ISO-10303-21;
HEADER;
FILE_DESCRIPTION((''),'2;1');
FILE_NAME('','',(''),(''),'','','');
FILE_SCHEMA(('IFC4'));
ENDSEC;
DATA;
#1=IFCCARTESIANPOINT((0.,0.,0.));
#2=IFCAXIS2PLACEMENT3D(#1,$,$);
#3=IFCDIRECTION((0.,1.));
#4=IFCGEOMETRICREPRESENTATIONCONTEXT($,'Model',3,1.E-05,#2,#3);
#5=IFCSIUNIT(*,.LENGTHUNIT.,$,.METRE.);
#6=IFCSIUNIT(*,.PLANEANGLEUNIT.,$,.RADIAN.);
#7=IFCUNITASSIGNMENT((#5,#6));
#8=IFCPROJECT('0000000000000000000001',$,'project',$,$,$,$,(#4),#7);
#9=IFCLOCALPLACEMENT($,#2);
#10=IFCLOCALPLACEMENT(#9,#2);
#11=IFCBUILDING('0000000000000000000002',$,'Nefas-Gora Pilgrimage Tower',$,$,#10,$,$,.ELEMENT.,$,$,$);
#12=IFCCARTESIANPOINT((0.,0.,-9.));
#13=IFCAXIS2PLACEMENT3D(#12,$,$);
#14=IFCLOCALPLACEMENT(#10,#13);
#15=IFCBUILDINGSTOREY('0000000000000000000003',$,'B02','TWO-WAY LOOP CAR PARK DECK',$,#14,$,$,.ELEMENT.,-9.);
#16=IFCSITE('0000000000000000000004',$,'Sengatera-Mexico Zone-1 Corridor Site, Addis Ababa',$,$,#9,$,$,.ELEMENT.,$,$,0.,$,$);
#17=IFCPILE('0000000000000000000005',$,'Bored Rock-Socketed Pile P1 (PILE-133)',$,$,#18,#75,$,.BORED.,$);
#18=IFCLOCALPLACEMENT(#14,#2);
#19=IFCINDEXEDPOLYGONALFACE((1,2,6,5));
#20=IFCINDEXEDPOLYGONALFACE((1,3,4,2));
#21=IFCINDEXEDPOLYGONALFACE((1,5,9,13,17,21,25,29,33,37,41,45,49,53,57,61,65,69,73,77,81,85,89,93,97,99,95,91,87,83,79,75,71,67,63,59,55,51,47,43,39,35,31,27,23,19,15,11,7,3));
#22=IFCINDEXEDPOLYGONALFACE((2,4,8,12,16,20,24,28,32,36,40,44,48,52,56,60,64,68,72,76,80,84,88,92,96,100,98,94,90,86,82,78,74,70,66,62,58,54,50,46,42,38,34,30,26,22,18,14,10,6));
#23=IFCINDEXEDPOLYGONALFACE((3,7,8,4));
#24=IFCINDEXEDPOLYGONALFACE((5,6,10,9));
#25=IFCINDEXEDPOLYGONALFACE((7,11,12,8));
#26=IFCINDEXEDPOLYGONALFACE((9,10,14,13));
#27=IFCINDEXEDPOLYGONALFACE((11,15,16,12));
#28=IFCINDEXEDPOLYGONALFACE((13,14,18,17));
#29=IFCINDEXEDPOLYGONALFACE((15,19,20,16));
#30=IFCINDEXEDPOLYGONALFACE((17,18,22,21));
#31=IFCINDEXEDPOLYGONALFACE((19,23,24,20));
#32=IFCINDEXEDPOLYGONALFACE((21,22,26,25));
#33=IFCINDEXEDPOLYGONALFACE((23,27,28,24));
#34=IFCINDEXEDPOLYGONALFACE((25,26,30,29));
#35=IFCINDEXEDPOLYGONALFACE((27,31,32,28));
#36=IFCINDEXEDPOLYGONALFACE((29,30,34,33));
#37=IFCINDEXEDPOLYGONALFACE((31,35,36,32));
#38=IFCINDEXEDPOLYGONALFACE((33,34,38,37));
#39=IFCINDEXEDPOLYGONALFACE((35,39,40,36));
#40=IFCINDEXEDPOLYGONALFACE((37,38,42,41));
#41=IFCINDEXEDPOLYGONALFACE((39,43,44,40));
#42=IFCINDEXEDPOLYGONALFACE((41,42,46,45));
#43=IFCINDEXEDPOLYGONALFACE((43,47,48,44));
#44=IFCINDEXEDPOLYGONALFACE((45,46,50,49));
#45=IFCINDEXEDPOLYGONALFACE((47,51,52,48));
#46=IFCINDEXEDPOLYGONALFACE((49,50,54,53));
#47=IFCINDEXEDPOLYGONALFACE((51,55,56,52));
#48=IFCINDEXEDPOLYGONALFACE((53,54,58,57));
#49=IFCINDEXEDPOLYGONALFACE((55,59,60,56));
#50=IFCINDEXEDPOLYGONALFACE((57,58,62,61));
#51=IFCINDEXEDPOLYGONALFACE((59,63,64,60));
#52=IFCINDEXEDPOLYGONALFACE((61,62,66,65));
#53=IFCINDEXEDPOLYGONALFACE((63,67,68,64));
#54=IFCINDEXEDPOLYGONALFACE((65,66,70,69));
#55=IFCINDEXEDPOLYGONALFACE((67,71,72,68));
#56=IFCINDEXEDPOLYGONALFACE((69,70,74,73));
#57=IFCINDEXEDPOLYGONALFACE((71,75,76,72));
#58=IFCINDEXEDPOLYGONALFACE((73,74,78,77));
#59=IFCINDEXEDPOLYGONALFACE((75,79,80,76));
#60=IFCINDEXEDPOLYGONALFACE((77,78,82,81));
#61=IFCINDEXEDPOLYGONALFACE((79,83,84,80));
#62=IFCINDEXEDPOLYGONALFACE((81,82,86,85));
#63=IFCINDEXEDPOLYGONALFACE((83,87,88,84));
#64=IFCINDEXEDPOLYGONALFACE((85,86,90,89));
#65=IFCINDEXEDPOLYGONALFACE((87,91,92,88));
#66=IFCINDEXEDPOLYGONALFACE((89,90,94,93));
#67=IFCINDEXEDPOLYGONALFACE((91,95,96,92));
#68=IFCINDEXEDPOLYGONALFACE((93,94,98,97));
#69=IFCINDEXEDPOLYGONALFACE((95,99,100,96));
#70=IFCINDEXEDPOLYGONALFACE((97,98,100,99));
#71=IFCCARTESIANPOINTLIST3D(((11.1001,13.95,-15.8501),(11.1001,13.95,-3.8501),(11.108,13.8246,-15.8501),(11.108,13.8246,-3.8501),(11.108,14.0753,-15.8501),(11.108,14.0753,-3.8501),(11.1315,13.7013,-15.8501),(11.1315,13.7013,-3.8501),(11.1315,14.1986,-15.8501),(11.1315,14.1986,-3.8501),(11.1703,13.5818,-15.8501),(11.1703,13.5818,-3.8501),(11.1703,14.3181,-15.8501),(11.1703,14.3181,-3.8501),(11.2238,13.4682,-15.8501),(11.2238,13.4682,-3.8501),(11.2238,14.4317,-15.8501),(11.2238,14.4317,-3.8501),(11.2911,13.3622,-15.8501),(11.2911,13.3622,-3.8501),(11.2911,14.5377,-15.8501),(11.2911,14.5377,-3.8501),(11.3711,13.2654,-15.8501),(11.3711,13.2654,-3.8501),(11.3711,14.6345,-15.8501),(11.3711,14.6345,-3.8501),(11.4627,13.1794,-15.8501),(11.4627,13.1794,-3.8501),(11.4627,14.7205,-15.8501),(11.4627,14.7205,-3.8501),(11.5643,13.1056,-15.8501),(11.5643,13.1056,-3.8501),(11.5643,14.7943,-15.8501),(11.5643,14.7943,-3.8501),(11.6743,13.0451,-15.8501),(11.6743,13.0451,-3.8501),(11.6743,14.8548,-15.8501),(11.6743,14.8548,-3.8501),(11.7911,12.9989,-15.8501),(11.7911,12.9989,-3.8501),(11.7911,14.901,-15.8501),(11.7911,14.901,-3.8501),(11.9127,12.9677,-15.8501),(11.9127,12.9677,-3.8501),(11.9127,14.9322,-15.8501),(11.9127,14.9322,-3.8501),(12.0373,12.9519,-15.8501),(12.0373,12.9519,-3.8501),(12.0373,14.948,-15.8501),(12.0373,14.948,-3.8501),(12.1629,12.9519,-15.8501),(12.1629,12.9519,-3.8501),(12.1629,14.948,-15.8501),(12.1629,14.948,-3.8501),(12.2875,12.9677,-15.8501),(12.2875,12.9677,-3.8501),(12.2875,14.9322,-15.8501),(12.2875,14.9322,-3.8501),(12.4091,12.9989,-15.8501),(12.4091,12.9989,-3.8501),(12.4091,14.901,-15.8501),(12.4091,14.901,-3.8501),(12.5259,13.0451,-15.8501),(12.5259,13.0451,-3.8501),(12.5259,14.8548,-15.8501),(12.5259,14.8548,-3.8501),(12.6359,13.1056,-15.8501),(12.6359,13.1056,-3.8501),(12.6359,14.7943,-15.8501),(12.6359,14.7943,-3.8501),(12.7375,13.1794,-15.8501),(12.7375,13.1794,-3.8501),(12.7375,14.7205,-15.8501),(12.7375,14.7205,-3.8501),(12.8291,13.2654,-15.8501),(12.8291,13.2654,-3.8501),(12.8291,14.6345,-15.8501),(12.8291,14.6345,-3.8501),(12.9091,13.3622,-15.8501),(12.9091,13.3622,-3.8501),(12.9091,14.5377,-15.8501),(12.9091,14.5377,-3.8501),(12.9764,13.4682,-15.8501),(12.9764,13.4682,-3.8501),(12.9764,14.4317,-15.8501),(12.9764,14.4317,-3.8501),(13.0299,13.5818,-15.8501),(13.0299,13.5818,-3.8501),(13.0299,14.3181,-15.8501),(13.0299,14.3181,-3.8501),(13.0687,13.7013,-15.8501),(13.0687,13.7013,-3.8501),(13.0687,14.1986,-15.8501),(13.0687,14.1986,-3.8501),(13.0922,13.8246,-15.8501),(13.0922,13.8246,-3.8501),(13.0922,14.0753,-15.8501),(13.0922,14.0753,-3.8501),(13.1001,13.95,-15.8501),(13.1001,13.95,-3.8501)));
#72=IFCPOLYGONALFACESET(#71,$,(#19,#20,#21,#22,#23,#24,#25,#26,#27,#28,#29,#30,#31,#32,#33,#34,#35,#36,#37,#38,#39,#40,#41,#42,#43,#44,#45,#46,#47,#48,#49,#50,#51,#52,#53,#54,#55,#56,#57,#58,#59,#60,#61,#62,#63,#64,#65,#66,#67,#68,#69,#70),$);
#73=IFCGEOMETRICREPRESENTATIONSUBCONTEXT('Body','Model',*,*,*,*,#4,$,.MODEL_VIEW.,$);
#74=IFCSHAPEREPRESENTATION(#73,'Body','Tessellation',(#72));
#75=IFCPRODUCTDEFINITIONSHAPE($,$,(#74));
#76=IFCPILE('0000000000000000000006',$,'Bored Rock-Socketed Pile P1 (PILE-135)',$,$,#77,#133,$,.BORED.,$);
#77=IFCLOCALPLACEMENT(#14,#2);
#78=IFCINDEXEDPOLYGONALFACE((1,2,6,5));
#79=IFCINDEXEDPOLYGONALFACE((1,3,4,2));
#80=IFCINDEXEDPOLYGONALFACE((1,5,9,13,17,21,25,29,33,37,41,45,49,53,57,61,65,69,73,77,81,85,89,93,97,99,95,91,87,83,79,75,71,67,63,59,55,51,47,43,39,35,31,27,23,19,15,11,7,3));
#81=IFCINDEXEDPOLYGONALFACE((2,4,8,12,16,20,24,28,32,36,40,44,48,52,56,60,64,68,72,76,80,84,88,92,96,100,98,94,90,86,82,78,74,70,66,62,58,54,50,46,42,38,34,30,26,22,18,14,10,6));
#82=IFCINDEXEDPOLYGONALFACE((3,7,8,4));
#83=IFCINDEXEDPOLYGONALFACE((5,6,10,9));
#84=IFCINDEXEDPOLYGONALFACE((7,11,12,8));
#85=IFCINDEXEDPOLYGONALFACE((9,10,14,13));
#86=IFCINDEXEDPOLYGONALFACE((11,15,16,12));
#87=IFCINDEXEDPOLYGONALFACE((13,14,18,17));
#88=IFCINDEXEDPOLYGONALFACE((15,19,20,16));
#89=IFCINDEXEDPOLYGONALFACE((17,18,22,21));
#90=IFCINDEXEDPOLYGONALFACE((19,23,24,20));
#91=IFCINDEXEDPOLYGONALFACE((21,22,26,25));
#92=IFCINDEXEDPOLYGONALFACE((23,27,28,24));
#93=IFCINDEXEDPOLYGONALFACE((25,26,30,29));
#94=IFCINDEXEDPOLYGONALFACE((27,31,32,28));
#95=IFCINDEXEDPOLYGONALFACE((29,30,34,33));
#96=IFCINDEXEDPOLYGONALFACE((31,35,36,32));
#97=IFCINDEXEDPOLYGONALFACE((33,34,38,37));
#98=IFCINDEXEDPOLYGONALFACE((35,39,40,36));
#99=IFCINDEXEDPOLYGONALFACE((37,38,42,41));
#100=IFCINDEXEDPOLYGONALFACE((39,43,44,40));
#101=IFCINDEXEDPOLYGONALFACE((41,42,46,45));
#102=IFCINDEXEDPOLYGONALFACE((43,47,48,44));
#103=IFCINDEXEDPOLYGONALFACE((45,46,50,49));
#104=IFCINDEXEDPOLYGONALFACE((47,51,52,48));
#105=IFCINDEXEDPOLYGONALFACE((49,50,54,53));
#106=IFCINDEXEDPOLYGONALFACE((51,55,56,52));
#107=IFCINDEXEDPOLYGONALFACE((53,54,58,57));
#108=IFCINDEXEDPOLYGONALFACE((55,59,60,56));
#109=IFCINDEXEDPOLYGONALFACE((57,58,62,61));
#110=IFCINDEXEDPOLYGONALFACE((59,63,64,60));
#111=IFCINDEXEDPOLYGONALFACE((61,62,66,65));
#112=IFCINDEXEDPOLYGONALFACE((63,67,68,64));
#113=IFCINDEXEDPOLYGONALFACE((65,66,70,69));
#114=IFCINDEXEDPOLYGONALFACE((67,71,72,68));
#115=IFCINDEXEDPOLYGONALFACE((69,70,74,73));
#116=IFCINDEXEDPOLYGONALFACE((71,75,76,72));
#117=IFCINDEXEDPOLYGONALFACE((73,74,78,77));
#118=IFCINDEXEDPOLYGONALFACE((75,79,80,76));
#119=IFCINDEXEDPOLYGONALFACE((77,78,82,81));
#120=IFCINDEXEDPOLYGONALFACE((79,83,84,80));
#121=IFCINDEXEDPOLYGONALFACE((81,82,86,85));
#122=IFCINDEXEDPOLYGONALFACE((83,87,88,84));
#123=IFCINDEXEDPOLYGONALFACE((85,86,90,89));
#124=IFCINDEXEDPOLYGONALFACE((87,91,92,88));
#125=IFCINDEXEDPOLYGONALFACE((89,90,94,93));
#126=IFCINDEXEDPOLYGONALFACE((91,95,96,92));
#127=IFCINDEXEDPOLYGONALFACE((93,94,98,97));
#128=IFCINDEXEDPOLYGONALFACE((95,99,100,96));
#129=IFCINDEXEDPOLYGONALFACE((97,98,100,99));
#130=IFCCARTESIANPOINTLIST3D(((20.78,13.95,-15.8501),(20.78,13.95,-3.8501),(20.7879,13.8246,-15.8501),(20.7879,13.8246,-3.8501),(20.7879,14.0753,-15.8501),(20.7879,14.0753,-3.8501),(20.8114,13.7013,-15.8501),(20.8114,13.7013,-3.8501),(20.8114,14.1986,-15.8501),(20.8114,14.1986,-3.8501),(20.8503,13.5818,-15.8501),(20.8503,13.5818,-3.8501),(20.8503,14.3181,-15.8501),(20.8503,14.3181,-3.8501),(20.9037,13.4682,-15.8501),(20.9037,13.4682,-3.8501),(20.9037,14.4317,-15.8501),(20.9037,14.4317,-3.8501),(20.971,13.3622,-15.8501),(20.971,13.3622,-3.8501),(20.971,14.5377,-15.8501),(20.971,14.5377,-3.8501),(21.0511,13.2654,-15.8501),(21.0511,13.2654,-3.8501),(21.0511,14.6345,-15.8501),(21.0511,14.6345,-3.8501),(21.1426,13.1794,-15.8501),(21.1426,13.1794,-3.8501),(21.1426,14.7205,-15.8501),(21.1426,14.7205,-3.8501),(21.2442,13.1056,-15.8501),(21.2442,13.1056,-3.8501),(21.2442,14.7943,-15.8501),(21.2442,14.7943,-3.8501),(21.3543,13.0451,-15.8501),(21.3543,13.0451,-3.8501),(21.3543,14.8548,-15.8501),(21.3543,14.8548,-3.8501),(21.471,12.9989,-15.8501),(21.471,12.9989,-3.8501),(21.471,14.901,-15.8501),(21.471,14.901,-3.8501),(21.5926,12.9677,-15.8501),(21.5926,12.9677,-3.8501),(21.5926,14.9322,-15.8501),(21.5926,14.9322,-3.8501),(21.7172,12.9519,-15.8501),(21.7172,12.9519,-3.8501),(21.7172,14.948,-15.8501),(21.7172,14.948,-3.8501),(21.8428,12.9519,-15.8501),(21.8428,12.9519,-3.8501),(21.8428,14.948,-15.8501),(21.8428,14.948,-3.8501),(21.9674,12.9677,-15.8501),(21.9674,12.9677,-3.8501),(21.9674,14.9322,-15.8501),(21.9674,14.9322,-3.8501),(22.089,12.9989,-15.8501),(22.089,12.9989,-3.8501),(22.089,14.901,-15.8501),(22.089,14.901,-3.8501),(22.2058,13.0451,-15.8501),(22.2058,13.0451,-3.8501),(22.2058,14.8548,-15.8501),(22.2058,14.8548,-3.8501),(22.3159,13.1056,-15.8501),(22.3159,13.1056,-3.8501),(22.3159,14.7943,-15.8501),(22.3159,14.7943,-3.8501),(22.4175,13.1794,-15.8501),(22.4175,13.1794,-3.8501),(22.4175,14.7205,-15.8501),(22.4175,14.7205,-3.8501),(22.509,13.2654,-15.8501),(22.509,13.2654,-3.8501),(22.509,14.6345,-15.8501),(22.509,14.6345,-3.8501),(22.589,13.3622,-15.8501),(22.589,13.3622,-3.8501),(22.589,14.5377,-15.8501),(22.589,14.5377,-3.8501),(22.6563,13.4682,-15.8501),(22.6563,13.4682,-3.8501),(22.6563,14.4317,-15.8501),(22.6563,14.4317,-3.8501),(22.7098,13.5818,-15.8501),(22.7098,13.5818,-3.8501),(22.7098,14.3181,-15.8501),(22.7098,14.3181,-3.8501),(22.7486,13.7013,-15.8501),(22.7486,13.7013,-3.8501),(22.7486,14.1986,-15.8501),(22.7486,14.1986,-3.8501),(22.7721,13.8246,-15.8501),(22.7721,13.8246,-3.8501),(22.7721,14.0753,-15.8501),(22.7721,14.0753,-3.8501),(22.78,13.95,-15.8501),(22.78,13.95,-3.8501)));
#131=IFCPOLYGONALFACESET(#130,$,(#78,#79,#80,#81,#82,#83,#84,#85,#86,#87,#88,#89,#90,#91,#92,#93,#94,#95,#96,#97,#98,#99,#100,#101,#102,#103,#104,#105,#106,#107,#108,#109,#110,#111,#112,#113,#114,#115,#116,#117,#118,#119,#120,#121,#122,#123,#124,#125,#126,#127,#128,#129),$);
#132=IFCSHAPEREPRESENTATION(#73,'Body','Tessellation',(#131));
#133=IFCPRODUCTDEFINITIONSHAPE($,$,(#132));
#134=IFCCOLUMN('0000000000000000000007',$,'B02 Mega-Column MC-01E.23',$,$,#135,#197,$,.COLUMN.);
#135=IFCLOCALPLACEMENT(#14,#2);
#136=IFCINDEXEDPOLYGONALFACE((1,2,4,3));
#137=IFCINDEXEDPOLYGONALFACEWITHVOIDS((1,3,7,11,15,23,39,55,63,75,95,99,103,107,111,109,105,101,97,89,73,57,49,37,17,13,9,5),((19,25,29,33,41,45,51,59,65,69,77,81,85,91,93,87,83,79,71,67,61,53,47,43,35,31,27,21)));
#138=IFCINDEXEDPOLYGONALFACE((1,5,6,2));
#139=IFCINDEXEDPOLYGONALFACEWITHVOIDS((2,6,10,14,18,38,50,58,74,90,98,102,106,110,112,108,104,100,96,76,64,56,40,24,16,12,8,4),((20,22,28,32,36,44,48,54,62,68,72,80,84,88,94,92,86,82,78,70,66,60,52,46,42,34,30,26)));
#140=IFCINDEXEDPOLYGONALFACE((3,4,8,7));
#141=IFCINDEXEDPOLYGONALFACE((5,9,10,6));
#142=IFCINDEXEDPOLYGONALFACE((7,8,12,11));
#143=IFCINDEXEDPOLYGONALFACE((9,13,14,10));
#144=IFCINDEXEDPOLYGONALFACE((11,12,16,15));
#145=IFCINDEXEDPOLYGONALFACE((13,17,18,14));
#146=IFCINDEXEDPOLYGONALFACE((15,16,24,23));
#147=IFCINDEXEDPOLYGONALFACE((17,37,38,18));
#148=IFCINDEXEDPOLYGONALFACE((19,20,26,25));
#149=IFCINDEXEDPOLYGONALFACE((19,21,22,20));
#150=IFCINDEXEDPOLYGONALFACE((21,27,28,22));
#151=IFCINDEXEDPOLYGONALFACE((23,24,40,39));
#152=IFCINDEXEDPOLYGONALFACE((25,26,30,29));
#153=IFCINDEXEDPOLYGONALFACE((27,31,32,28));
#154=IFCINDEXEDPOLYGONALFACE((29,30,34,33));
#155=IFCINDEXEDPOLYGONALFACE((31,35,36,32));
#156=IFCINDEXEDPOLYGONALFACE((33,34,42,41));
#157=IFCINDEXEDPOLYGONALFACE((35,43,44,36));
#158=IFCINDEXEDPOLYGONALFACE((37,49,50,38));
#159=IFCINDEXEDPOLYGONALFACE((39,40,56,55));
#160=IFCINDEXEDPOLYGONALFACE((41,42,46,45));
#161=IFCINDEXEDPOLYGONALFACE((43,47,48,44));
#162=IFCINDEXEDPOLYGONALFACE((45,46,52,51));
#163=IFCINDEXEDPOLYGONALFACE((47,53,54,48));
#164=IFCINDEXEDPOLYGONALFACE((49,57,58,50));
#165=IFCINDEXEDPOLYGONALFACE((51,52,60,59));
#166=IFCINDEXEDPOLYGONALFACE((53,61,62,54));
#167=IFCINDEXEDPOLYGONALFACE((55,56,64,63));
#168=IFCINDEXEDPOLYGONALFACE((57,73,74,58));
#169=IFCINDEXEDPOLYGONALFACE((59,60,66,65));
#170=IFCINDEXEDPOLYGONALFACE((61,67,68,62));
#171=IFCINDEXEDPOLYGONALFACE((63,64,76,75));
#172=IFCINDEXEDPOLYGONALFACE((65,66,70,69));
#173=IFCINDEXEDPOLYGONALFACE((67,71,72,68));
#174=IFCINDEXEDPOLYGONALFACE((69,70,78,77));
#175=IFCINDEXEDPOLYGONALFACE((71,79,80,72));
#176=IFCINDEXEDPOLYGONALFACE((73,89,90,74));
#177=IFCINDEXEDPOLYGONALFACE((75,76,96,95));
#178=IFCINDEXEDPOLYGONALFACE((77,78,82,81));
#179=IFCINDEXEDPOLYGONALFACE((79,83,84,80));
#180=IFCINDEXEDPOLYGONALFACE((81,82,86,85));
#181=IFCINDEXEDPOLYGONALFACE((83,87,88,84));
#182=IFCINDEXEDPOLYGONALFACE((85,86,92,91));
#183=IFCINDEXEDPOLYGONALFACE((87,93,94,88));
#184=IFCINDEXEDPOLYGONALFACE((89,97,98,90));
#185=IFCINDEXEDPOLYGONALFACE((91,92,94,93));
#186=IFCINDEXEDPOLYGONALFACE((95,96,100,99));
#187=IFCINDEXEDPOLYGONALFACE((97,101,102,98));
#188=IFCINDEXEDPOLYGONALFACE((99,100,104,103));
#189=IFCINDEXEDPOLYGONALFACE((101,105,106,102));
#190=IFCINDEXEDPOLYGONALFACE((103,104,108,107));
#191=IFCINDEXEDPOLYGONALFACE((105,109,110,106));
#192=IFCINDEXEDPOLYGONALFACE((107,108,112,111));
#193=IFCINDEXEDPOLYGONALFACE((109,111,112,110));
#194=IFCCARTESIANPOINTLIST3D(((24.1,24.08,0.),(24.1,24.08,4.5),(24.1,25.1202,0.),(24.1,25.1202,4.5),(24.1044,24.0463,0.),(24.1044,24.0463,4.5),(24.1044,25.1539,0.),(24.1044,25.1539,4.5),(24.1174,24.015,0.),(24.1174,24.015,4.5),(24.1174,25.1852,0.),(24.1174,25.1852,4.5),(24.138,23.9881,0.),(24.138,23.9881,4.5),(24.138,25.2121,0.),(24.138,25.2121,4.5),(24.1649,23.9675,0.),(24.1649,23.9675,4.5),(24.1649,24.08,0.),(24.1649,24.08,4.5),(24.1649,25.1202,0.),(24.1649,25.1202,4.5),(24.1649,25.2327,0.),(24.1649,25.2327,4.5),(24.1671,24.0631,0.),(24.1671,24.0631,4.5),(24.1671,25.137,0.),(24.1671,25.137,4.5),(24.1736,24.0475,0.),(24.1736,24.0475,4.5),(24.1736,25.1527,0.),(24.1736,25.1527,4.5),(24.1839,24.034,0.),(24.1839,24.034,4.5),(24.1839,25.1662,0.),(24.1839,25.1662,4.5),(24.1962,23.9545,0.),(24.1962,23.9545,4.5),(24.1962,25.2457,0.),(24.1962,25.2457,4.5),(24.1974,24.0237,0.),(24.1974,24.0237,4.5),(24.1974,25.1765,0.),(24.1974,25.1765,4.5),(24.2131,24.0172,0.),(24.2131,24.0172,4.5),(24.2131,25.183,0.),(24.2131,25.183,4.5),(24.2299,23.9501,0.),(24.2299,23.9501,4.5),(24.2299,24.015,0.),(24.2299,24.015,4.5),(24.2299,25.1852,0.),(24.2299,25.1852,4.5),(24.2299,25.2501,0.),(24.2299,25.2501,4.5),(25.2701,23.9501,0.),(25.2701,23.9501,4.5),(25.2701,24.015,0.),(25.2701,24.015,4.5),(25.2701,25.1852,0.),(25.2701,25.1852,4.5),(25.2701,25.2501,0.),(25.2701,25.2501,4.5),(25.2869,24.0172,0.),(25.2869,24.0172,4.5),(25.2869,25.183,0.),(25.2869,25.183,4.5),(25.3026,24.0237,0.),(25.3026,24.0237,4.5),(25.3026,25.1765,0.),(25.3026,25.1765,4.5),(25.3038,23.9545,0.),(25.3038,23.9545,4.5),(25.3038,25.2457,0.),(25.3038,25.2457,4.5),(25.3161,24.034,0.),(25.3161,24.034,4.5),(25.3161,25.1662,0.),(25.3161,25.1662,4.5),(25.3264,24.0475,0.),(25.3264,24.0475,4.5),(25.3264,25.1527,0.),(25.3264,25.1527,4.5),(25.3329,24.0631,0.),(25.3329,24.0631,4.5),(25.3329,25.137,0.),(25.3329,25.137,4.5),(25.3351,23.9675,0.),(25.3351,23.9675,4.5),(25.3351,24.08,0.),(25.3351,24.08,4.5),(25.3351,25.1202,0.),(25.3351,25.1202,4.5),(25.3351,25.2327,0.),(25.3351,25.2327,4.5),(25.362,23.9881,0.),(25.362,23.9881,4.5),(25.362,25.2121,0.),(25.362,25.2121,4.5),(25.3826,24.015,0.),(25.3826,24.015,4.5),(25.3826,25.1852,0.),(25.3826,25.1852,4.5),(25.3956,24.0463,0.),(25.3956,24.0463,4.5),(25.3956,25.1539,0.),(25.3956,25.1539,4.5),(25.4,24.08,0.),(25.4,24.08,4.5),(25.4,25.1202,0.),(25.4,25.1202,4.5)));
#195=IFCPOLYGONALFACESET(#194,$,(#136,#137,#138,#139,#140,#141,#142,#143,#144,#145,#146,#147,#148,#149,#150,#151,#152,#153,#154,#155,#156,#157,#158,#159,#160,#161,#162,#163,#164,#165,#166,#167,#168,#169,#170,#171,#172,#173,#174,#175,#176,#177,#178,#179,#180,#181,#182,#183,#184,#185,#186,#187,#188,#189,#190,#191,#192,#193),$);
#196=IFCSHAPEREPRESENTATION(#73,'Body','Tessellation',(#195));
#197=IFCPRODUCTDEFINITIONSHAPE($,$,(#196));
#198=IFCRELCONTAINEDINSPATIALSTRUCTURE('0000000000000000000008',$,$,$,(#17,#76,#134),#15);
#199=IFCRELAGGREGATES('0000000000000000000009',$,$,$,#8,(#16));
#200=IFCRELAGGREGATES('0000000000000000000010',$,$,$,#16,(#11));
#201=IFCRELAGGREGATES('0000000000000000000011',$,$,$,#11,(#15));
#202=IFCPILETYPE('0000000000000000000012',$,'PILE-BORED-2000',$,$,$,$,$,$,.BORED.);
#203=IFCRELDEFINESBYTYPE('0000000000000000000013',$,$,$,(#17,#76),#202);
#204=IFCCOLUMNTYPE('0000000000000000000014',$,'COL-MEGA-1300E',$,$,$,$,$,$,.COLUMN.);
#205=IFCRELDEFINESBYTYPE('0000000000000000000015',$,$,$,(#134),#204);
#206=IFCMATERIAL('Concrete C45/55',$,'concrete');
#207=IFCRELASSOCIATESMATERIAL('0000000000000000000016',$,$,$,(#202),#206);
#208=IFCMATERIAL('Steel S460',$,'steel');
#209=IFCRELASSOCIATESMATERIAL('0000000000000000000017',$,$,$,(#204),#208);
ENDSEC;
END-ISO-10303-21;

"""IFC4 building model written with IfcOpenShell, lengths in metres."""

from ifc_helpers import new_model, si_unit, direction, frame, origin, origin_2d, place, context, subcontext, project, spatial, hollow_rectangle, circle, extrude, source, transform, mapped, material, material_profile, profile_set, type_object, element, save


model = new_model("IFC4")

# Units and contexts
model_context = context("Model", 3, precision=1e-05, world=origin(), true_north=direction((0.0, 1.0)))
body_context = subcontext(model_context, "Body", "Model", "MODEL_VIEW")
ifc_project = project(units=[si_unit("LENGTHUNIT", "METRE"), si_unit("PLANEANGLEUNIT", "RADIAN")], contexts=[model_context])

# Site, building, storey
site_placement = place(None, origin())
site = spatial("IfcSite", under=ifc_project, at=site_placement, Name="Sengatera-Mexico Zone-1 Corridor Site, Addis Ababa", CompositionType="ELEMENT", RefElevation=0.0)
building_placement = place(site_placement, origin())
building = spatial("IfcBuilding", under=site, at=building_placement, Name="Nefas-Gora Pilgrimage Tower", CompositionType="ELEMENT")
storey_placement = place(building_placement, frame((0.0, 0.0, -9.0)))
storey = spatial("IfcBuildingStorey", under=building, at=storey_placement, Name="B02", Description="TWO-WAY LOOP CAR PARK DECK", CompositionType="ELEMENT", Elevation=-9.0)

# Piles
ifc_material_1 = material(Name="Concrete C45/55", Category="concrete")
ifc_material_profile_1 = material_profile(ifc_material_1, circle(Radius=1.0, at=origin_2d()), Name="PILE D2000")
ifc_profile_set_1 = profile_set([ifc_material_profile_1], Name="Concrete C45/55")
pile_type_1 = type_object("IfcPileType", Name="PILE-BORED-2000", PredefinedType="BORED", material=ifc_profile_set_1)
shared_shape_1 = source(origin(), body_context, "Body", "SweptSolid", [
    extrude(circle(Radius=1.0, at=origin_2d()), origin(), (0.0, 0.0, 1.0), 12.0),
])
for number, where, z_axis, x_axis, name in (
    (1, (12.1001, 13.95, -3.8501), (0.0, 0.0, -1.0), (1.0, 0.0, 0.0), "Bored Rock-Socketed Pile P1 (PILE-133)"),
    (2, (21.78, 13.95, -3.8501), (0.0, 0.0, -1.0), (1.0, 0.0, 0.0), "Bored Rock-Socketed Pile P1 (PILE-135)"),
):
    element("IfcPile", number, at=place(storey_placement, frame(where, z_axis=z_axis, x_axis=x_axis)), inside=storey, type_object=pile_type_1, Name=name, PredefinedType="BORED", context=body_context, shape_type="MappedRepresentation", body=[
        mapped(shared_shape_1, transform((0.0, 0.0, 0.0), x_axis=(1.0, 0.0, 0.0), y_axis=(0.0, 1.0, 0.0), z_axis=(0.0, 0.0, 1.0), scale=1.0)),
    ])

# Column
ifc_material_2 = material(Name="Steel S460", Category="steel")
ifc_material_profile_2 = material_profile(ifc_material_2, hollow_rectangle(XDim=1.3, YDim=1.3, WallThickness=0.0649, InnerFilletRadius=0.0649, OuterFilletRadius=0.1299, at=origin_2d()), Name="BOX 1300x1300x65")
ifc_profile_set_2 = profile_set([ifc_material_profile_2], Name="Steel S460")
column_type_1 = type_object("IfcColumnType", Name="COL-MEGA-1300E", PredefinedType="COLUMN", material=ifc_profile_set_2)
shared_shape_2 = source(origin(), body_context, "Body", "SweptSolid", [
    extrude(hollow_rectangle(XDim=1.3, YDim=1.3, WallThickness=0.0649, InnerFilletRadius=0.0649, OuterFilletRadius=0.1299, at=origin_2d()), origin(), (0.0, 0.0, 1.0), 4.5),
])
column_1_placement = place(storey_placement, frame((24.75, 24.6001, 0.0), z_axis=(0.0, 0.0, 1.0), x_axis=(1.0, 0.0, 0.0)))
element("IfcColumn", 3, at=column_1_placement, inside=storey, type_object=column_type_1, Name="B02 Mega-Column MC-01E.23", PredefinedType="COLUMN", context=body_context, shape_type="MappedRepresentation", body=[
    mapped(shared_shape_2, transform((0.0, 0.0, 0.0), x_axis=(1.0, 0.0, 0.0), y_axis=(0.0, 1.0, 0.0), z_axis=(0.0, 0.0, 1.0), scale=1.0)),
])

save(model, "model.ifc")
